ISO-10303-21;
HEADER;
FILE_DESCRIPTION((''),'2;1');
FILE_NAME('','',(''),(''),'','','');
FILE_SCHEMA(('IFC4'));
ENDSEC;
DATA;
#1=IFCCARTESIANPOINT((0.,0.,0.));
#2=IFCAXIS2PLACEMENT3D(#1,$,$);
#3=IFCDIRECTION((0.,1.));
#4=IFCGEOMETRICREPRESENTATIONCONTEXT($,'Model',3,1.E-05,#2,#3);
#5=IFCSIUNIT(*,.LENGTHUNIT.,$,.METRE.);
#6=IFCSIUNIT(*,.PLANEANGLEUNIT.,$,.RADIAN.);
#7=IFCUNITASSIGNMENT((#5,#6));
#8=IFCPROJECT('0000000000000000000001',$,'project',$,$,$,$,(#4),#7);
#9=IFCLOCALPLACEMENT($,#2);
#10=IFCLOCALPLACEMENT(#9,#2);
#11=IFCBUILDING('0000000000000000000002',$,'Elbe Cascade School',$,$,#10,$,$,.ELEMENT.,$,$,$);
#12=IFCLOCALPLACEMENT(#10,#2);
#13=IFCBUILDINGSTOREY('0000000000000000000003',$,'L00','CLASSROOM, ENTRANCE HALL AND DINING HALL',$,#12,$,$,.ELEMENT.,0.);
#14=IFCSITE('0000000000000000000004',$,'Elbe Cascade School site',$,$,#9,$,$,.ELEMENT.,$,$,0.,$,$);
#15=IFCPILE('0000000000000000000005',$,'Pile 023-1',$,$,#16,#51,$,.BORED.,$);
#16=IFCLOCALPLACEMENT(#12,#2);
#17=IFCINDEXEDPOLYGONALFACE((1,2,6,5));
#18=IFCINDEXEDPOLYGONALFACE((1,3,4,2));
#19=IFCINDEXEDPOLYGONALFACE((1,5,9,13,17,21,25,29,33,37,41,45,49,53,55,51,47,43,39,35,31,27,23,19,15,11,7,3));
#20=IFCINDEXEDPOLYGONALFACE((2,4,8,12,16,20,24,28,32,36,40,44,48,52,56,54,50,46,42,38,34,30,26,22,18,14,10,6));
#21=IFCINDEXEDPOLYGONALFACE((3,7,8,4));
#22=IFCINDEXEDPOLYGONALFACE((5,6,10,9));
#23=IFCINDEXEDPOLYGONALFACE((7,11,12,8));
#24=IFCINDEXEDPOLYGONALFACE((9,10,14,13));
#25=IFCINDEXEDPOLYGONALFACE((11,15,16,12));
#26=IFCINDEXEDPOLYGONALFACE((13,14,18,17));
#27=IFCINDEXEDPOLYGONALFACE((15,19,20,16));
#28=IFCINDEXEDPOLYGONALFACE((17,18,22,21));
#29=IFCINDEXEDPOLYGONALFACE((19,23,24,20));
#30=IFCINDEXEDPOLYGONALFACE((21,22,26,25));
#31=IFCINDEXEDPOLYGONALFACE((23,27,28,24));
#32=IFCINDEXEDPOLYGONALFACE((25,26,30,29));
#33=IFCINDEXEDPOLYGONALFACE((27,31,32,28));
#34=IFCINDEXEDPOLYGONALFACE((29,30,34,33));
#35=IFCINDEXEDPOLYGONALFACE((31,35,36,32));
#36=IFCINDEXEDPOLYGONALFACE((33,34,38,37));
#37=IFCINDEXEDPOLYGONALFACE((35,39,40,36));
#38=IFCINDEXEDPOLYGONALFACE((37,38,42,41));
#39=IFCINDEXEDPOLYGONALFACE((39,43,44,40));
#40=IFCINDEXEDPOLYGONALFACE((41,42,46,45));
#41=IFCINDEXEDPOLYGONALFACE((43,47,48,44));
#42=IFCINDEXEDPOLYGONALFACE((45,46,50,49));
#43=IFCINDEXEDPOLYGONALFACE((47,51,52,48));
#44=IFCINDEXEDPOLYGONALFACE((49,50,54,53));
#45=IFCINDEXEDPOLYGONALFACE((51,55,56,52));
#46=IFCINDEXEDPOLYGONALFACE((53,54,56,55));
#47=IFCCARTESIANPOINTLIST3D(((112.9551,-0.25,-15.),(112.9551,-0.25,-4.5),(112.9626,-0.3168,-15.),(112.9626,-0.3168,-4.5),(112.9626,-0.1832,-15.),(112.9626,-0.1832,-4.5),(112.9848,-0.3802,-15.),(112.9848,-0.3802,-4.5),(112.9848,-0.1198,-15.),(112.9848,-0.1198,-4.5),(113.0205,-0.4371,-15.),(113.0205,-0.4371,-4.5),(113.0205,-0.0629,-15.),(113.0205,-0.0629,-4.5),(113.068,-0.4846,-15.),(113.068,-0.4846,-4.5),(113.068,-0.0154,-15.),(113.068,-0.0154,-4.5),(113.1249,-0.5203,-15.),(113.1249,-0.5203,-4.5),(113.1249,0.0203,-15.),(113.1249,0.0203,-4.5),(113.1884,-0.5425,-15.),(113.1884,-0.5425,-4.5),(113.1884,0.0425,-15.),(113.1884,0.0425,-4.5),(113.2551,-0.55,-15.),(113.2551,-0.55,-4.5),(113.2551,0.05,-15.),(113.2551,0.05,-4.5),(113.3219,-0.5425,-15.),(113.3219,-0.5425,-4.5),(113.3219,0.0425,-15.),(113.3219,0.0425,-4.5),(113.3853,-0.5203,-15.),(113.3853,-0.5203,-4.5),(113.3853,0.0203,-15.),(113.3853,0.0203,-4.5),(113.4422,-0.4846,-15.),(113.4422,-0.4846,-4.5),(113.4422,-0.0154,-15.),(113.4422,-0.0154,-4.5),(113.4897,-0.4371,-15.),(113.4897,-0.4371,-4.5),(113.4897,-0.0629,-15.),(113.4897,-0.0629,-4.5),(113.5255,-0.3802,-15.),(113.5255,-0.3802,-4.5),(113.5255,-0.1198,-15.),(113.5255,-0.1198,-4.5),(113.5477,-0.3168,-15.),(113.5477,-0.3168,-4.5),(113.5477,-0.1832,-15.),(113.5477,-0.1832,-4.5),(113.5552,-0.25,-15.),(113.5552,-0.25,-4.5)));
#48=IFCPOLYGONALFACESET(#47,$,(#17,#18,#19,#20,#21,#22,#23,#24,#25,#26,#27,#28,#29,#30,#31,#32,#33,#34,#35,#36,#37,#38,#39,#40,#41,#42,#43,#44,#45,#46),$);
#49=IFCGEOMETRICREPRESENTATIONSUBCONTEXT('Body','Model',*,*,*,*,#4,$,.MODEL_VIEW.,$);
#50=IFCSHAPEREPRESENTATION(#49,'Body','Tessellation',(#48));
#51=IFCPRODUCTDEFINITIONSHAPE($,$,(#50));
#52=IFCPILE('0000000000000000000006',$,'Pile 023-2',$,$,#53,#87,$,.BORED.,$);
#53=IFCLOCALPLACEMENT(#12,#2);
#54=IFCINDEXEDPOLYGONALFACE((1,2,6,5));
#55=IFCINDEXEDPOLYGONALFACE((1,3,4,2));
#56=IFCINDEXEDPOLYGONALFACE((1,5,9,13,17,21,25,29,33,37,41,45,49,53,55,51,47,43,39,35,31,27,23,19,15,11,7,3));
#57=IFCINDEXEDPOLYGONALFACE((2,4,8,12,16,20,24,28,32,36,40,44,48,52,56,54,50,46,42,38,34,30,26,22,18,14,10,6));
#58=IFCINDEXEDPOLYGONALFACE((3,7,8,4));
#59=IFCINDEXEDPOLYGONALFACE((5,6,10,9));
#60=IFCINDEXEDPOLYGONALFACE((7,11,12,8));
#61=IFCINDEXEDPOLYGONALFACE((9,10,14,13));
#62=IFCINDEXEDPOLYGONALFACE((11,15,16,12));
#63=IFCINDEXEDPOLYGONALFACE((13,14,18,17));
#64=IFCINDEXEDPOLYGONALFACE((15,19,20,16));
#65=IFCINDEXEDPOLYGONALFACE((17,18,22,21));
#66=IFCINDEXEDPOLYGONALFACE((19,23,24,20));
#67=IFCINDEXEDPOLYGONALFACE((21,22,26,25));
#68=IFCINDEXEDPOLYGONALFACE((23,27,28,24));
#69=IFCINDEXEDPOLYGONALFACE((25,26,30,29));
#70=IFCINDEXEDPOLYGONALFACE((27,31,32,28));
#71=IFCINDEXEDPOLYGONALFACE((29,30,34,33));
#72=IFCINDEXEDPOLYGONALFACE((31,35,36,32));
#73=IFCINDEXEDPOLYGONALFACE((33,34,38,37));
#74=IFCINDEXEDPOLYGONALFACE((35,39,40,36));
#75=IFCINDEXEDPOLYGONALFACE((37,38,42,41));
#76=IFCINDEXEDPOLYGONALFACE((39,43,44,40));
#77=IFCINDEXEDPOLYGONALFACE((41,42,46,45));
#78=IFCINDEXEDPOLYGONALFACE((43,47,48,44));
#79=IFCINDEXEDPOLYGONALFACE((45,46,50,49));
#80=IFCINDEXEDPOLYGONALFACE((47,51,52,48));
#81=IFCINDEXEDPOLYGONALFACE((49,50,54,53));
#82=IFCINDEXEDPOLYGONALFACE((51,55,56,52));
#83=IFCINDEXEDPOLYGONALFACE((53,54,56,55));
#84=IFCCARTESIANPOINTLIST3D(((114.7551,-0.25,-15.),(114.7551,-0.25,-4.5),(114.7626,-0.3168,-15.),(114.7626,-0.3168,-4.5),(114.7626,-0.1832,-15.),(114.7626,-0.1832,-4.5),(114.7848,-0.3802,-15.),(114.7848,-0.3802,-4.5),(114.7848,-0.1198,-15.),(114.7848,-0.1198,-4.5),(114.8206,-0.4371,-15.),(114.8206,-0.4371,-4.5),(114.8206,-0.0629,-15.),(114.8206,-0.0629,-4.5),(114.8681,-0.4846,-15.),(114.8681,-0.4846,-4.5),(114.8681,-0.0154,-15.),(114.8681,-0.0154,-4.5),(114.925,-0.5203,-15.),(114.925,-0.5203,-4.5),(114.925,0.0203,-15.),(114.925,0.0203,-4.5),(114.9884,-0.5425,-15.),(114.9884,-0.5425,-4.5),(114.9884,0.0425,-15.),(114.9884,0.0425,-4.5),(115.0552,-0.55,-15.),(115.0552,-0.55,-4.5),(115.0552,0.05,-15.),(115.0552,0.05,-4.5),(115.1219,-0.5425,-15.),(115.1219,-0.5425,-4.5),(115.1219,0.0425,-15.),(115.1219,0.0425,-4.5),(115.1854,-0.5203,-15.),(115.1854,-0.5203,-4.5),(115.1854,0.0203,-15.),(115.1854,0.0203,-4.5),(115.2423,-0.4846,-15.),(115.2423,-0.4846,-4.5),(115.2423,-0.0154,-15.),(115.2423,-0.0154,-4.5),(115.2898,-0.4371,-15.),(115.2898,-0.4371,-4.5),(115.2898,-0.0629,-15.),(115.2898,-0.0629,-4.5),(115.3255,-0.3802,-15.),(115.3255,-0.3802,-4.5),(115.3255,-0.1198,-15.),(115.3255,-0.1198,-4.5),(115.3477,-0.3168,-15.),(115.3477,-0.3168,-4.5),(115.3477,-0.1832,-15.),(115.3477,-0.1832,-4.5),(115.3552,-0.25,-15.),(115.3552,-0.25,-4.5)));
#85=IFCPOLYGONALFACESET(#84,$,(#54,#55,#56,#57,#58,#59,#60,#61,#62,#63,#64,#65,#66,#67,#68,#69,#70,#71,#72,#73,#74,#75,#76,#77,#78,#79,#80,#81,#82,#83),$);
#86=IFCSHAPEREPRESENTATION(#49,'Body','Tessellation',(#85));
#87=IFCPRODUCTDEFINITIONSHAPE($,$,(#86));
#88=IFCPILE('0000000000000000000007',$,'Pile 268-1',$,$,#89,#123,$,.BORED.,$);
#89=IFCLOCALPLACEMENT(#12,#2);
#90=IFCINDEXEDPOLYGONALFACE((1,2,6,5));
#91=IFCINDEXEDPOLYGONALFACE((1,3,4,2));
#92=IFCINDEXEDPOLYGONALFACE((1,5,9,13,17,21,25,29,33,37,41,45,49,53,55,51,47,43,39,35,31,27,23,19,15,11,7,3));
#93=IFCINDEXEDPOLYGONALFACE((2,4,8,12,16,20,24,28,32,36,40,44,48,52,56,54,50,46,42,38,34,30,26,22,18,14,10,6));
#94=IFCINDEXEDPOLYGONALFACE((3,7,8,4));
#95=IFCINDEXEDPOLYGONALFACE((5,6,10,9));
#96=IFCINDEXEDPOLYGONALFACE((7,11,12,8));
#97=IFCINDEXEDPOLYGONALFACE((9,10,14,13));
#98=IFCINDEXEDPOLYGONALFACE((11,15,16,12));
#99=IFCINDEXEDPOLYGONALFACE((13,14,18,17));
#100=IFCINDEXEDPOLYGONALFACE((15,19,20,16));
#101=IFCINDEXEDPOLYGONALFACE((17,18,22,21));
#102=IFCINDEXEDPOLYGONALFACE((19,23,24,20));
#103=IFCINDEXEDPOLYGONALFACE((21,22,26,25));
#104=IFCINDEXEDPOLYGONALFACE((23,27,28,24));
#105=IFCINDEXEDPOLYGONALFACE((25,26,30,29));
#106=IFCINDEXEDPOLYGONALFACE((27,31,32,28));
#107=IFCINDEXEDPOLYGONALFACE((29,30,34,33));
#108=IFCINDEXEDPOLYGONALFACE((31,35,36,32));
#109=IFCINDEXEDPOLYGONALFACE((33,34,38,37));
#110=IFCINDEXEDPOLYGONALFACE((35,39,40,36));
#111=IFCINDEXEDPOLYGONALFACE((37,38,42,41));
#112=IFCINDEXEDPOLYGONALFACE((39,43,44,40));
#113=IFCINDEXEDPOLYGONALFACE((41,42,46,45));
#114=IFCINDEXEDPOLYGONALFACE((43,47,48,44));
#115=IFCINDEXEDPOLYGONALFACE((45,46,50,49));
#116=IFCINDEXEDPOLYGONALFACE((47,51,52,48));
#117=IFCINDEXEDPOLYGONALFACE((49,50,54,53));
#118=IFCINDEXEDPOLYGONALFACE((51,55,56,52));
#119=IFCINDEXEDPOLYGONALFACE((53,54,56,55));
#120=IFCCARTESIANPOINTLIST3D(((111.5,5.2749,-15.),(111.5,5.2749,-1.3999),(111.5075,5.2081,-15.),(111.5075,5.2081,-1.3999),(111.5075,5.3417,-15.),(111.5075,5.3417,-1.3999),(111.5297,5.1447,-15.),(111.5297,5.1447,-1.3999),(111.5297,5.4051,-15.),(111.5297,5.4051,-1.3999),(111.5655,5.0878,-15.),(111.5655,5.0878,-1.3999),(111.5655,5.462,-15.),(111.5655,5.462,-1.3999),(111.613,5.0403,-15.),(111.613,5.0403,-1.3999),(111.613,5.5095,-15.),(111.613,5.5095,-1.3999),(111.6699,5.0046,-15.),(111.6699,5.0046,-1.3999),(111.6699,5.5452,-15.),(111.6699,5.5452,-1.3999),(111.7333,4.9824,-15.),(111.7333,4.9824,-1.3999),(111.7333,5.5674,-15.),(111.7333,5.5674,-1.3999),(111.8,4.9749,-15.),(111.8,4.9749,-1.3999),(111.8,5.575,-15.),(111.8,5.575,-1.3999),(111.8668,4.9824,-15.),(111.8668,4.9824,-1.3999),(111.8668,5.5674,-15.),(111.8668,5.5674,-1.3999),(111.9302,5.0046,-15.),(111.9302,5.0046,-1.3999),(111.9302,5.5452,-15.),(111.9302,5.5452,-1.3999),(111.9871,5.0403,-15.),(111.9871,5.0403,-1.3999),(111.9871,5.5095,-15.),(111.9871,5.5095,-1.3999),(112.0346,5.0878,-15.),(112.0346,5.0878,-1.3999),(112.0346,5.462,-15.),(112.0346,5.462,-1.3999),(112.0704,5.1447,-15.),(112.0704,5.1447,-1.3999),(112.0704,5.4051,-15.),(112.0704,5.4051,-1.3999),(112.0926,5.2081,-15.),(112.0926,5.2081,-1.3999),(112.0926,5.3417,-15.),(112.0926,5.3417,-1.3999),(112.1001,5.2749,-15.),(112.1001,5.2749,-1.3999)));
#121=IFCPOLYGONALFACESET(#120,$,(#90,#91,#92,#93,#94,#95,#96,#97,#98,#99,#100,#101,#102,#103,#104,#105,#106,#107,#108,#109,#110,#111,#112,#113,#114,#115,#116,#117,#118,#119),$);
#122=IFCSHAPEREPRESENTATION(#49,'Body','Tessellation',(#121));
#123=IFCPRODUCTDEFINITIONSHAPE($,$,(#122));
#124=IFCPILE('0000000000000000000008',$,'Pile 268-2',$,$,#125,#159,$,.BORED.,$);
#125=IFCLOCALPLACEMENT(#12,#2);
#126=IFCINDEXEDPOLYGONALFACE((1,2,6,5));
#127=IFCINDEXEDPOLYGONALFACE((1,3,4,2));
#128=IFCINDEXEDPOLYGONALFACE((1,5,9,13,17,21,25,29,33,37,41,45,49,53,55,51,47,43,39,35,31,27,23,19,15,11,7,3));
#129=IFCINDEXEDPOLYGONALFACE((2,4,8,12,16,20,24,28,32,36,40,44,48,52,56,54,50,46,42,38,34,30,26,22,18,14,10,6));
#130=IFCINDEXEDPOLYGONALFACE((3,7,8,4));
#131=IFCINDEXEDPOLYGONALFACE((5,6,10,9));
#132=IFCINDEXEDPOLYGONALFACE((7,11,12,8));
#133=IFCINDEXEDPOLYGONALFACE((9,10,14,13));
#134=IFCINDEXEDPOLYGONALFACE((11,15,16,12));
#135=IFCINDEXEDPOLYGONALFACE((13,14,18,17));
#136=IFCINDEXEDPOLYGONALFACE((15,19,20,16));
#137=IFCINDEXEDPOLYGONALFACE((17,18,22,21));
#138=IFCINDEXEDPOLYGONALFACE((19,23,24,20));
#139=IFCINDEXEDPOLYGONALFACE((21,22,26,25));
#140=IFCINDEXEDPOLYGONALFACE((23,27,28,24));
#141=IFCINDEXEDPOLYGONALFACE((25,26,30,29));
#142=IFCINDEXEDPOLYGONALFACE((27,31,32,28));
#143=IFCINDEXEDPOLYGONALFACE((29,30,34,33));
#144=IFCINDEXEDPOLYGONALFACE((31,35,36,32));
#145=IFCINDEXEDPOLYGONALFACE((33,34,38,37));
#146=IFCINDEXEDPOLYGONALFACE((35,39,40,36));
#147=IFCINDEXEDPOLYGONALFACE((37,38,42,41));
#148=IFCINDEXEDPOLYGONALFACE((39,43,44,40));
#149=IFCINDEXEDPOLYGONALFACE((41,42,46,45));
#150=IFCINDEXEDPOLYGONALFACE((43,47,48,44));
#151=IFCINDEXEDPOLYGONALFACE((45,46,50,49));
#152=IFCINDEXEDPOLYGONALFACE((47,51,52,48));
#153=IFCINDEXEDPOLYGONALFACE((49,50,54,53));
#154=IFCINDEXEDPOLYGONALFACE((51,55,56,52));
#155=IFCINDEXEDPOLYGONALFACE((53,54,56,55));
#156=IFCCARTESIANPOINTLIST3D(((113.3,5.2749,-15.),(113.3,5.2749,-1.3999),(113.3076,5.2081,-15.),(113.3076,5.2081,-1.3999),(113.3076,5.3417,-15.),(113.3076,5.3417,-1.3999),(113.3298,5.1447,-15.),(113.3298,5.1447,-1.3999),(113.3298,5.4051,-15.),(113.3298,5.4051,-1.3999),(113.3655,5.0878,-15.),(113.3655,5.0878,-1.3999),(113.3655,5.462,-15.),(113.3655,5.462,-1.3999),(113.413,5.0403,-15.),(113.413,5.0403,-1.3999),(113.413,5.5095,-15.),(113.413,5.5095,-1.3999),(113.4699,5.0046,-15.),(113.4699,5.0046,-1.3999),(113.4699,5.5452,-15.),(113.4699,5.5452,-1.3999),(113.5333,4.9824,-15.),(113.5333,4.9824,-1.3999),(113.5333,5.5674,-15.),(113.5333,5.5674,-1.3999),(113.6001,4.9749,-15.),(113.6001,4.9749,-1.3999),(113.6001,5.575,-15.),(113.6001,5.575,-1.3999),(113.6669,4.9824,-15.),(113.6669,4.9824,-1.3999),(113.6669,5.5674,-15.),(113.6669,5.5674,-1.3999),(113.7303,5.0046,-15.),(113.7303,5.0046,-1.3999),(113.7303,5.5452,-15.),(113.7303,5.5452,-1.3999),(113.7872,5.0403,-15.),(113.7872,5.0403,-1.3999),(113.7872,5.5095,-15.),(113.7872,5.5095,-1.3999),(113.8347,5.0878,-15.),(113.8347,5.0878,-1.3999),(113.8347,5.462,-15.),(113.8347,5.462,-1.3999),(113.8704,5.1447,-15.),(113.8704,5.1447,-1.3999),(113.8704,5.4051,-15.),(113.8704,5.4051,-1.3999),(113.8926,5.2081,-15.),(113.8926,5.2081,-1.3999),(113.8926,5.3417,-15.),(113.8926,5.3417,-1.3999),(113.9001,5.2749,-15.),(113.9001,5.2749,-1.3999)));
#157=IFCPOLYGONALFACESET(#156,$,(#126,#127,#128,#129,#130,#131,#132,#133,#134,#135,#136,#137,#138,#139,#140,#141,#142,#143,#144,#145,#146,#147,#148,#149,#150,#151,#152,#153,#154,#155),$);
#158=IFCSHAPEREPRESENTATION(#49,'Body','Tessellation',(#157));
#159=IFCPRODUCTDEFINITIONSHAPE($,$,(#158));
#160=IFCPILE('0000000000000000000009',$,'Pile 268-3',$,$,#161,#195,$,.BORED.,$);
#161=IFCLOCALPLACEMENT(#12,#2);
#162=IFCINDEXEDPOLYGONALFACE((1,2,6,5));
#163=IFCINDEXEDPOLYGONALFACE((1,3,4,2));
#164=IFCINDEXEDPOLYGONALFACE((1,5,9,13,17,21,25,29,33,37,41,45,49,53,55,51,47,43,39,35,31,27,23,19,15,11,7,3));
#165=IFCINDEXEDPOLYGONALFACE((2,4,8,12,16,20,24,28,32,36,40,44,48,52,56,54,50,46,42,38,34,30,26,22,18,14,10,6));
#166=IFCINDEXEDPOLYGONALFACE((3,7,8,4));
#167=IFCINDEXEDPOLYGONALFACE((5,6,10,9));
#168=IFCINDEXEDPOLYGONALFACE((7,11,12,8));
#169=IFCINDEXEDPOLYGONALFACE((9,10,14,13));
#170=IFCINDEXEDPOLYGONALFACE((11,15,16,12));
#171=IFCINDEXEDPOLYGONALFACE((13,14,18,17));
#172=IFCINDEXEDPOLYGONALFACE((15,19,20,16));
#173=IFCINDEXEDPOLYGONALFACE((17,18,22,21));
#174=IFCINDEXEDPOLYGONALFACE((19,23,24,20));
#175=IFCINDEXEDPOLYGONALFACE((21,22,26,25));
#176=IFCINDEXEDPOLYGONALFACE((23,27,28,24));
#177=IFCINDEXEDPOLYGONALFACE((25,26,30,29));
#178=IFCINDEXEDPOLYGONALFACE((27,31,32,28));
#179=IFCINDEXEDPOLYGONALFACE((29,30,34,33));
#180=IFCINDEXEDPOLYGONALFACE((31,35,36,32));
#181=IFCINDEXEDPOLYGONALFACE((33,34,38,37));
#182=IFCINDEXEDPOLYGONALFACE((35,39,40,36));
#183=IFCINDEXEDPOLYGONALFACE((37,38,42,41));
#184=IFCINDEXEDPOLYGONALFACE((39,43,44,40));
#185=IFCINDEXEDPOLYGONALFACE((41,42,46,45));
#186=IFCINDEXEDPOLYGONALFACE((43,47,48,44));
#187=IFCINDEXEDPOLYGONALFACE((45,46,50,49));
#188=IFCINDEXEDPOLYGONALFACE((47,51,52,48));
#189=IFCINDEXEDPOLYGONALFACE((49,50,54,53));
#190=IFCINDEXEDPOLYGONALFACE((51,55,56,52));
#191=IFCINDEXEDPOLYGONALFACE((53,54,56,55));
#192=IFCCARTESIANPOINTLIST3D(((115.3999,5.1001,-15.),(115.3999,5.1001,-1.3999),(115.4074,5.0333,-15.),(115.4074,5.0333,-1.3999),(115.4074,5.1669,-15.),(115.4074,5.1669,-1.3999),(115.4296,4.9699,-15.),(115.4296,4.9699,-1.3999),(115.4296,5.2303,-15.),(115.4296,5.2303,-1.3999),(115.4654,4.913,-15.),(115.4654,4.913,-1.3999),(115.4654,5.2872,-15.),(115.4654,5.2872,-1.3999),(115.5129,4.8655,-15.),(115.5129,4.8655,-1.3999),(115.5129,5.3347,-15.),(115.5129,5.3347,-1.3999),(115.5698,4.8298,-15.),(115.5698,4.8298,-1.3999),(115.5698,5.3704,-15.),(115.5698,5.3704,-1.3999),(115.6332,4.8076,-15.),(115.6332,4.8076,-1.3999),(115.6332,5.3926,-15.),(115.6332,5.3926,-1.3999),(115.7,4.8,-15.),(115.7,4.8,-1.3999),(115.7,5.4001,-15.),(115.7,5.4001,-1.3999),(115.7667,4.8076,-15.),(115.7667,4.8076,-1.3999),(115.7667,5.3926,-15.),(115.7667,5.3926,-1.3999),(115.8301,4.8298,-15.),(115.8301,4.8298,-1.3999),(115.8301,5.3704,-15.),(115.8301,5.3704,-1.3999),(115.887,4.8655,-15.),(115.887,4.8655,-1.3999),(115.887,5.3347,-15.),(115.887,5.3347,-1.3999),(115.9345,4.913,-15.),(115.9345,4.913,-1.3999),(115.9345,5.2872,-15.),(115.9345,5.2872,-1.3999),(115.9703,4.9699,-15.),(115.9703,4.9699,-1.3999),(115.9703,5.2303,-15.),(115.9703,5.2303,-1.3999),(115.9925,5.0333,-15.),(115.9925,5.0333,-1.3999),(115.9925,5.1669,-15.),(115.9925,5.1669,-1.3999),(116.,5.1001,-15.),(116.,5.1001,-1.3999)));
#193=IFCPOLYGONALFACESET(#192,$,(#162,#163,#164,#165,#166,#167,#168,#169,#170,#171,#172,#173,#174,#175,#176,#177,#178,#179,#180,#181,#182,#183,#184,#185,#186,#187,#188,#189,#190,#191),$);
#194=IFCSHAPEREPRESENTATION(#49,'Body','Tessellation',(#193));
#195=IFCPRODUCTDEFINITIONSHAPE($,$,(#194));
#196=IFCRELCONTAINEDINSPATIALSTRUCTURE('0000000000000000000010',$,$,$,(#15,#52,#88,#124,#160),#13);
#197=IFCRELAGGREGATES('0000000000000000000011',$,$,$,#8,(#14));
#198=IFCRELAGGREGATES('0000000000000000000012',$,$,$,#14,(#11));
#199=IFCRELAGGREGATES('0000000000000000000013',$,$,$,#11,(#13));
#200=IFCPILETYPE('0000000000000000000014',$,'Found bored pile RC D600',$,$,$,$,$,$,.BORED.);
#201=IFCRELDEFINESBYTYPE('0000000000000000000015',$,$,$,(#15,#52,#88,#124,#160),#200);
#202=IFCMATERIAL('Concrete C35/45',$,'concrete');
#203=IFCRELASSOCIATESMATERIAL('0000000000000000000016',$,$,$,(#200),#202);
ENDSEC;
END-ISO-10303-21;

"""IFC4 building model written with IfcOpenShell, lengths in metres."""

from ifc_helpers import new_model, si_unit, direction, frame, origin, origin_2d, place, context, subcontext, project, spatial, circle, extrude, material, material_profile, profile_set, type_object, element, save


model = new_model("IFC4")

# Units and contexts
model_context = context("Model", 3, precision=1e-05, world=origin(), true_north=direction((0.0, 1.0)))
body_context = subcontext(model_context, "Body", "Model", "MODEL_VIEW")
ifc_project = project(units=[si_unit("LENGTHUNIT", "METRE"), si_unit("PLANEANGLEUNIT", "RADIAN")], contexts=[model_context])

# Site, building, storey
site_placement = place(None, origin())
site = spatial("IfcSite", under=ifc_project, at=site_placement, Name="Elbe Cascade School site", CompositionType="ELEMENT", RefElevation=0.0)
building_placement = place(site_placement, origin())
building = spatial("IfcBuilding", under=site, at=building_placement, Name="Elbe Cascade School", CompositionType="ELEMENT")
storey_placement = place(building_placement, origin())
storey = spatial("IfcBuildingStorey", under=building, at=storey_placement, Name="L00", Description="CLASSROOM, ENTRANCE HALL AND DINING HALL", CompositionType="ELEMENT", Elevation=0.0)

# Piles
ifc_material_1 = material(Name="Concrete C35/45", Category="concrete")
ifc_material_profile_1 = material_profile(ifc_material_1, circle(Radius=0.3, at=origin_2d()), Name="RC D600")
ifc_profile_set_1 = profile_set([ifc_material_profile_1], Name="Concrete C35/45")
pile_type = type_object("IfcPileType", Name="Found bored pile RC D600", PredefinedType="BORED", material=ifc_profile_set_1)
for number, where, z_axis, x_axis, name in (
    (1, (113.2551, -0.25, -4.5), (0.0, 0.0, -1.0), (1.0, 0.0, 0.0), "Pile 023-1"),
    (2, (115.0552, -0.25, -4.5), (0.0, 0.0, -1.0), (1.0, 0.0, 0.0), "Pile 023-2"),
):
    element("IfcPile", number, at=place(storey_placement, frame(where, z_axis=z_axis, x_axis=x_axis)), inside=storey, type_object=pile_type, Name=name, PredefinedType="BORED", context=body_context, shape_type="SweptSolid", body=[
        extrude(circle(Radius=0.3, at=origin_2d()), origin(), (0.0, 0.0, 1.0), 10.5),
    ])
for number, where, z_axis, x_axis, name in (
    (3, (111.8, 5.2749, -1.3999), (0.0, 0.0, -1.0), (1.0, 0.0, 0.0), "Pile 268-1"),
    (4, (113.6001, 5.2749, -1.3999), (0.0, 0.0, -1.0), (1.0, 0.0, 0.0), "Pile 268-2"),
    (5, (115.7, 5.1001, -1.3999), (0.0, 0.0, -1.0), (1.0, 0.0, 0.0), "Pile 268-3"),
):
    element("IfcPile", number, at=place(storey_placement, frame(where, z_axis=z_axis, x_axis=x_axis)), inside=storey, type_object=pile_type, Name=name, PredefinedType="BORED", context=body_context, shape_type="SweptSolid", body=[
        extrude(circle(Radius=0.3, at=origin_2d()), origin(), (0.0, 0.0, 1.0), 13.6001),
    ])

save(model, "model.ifc")
